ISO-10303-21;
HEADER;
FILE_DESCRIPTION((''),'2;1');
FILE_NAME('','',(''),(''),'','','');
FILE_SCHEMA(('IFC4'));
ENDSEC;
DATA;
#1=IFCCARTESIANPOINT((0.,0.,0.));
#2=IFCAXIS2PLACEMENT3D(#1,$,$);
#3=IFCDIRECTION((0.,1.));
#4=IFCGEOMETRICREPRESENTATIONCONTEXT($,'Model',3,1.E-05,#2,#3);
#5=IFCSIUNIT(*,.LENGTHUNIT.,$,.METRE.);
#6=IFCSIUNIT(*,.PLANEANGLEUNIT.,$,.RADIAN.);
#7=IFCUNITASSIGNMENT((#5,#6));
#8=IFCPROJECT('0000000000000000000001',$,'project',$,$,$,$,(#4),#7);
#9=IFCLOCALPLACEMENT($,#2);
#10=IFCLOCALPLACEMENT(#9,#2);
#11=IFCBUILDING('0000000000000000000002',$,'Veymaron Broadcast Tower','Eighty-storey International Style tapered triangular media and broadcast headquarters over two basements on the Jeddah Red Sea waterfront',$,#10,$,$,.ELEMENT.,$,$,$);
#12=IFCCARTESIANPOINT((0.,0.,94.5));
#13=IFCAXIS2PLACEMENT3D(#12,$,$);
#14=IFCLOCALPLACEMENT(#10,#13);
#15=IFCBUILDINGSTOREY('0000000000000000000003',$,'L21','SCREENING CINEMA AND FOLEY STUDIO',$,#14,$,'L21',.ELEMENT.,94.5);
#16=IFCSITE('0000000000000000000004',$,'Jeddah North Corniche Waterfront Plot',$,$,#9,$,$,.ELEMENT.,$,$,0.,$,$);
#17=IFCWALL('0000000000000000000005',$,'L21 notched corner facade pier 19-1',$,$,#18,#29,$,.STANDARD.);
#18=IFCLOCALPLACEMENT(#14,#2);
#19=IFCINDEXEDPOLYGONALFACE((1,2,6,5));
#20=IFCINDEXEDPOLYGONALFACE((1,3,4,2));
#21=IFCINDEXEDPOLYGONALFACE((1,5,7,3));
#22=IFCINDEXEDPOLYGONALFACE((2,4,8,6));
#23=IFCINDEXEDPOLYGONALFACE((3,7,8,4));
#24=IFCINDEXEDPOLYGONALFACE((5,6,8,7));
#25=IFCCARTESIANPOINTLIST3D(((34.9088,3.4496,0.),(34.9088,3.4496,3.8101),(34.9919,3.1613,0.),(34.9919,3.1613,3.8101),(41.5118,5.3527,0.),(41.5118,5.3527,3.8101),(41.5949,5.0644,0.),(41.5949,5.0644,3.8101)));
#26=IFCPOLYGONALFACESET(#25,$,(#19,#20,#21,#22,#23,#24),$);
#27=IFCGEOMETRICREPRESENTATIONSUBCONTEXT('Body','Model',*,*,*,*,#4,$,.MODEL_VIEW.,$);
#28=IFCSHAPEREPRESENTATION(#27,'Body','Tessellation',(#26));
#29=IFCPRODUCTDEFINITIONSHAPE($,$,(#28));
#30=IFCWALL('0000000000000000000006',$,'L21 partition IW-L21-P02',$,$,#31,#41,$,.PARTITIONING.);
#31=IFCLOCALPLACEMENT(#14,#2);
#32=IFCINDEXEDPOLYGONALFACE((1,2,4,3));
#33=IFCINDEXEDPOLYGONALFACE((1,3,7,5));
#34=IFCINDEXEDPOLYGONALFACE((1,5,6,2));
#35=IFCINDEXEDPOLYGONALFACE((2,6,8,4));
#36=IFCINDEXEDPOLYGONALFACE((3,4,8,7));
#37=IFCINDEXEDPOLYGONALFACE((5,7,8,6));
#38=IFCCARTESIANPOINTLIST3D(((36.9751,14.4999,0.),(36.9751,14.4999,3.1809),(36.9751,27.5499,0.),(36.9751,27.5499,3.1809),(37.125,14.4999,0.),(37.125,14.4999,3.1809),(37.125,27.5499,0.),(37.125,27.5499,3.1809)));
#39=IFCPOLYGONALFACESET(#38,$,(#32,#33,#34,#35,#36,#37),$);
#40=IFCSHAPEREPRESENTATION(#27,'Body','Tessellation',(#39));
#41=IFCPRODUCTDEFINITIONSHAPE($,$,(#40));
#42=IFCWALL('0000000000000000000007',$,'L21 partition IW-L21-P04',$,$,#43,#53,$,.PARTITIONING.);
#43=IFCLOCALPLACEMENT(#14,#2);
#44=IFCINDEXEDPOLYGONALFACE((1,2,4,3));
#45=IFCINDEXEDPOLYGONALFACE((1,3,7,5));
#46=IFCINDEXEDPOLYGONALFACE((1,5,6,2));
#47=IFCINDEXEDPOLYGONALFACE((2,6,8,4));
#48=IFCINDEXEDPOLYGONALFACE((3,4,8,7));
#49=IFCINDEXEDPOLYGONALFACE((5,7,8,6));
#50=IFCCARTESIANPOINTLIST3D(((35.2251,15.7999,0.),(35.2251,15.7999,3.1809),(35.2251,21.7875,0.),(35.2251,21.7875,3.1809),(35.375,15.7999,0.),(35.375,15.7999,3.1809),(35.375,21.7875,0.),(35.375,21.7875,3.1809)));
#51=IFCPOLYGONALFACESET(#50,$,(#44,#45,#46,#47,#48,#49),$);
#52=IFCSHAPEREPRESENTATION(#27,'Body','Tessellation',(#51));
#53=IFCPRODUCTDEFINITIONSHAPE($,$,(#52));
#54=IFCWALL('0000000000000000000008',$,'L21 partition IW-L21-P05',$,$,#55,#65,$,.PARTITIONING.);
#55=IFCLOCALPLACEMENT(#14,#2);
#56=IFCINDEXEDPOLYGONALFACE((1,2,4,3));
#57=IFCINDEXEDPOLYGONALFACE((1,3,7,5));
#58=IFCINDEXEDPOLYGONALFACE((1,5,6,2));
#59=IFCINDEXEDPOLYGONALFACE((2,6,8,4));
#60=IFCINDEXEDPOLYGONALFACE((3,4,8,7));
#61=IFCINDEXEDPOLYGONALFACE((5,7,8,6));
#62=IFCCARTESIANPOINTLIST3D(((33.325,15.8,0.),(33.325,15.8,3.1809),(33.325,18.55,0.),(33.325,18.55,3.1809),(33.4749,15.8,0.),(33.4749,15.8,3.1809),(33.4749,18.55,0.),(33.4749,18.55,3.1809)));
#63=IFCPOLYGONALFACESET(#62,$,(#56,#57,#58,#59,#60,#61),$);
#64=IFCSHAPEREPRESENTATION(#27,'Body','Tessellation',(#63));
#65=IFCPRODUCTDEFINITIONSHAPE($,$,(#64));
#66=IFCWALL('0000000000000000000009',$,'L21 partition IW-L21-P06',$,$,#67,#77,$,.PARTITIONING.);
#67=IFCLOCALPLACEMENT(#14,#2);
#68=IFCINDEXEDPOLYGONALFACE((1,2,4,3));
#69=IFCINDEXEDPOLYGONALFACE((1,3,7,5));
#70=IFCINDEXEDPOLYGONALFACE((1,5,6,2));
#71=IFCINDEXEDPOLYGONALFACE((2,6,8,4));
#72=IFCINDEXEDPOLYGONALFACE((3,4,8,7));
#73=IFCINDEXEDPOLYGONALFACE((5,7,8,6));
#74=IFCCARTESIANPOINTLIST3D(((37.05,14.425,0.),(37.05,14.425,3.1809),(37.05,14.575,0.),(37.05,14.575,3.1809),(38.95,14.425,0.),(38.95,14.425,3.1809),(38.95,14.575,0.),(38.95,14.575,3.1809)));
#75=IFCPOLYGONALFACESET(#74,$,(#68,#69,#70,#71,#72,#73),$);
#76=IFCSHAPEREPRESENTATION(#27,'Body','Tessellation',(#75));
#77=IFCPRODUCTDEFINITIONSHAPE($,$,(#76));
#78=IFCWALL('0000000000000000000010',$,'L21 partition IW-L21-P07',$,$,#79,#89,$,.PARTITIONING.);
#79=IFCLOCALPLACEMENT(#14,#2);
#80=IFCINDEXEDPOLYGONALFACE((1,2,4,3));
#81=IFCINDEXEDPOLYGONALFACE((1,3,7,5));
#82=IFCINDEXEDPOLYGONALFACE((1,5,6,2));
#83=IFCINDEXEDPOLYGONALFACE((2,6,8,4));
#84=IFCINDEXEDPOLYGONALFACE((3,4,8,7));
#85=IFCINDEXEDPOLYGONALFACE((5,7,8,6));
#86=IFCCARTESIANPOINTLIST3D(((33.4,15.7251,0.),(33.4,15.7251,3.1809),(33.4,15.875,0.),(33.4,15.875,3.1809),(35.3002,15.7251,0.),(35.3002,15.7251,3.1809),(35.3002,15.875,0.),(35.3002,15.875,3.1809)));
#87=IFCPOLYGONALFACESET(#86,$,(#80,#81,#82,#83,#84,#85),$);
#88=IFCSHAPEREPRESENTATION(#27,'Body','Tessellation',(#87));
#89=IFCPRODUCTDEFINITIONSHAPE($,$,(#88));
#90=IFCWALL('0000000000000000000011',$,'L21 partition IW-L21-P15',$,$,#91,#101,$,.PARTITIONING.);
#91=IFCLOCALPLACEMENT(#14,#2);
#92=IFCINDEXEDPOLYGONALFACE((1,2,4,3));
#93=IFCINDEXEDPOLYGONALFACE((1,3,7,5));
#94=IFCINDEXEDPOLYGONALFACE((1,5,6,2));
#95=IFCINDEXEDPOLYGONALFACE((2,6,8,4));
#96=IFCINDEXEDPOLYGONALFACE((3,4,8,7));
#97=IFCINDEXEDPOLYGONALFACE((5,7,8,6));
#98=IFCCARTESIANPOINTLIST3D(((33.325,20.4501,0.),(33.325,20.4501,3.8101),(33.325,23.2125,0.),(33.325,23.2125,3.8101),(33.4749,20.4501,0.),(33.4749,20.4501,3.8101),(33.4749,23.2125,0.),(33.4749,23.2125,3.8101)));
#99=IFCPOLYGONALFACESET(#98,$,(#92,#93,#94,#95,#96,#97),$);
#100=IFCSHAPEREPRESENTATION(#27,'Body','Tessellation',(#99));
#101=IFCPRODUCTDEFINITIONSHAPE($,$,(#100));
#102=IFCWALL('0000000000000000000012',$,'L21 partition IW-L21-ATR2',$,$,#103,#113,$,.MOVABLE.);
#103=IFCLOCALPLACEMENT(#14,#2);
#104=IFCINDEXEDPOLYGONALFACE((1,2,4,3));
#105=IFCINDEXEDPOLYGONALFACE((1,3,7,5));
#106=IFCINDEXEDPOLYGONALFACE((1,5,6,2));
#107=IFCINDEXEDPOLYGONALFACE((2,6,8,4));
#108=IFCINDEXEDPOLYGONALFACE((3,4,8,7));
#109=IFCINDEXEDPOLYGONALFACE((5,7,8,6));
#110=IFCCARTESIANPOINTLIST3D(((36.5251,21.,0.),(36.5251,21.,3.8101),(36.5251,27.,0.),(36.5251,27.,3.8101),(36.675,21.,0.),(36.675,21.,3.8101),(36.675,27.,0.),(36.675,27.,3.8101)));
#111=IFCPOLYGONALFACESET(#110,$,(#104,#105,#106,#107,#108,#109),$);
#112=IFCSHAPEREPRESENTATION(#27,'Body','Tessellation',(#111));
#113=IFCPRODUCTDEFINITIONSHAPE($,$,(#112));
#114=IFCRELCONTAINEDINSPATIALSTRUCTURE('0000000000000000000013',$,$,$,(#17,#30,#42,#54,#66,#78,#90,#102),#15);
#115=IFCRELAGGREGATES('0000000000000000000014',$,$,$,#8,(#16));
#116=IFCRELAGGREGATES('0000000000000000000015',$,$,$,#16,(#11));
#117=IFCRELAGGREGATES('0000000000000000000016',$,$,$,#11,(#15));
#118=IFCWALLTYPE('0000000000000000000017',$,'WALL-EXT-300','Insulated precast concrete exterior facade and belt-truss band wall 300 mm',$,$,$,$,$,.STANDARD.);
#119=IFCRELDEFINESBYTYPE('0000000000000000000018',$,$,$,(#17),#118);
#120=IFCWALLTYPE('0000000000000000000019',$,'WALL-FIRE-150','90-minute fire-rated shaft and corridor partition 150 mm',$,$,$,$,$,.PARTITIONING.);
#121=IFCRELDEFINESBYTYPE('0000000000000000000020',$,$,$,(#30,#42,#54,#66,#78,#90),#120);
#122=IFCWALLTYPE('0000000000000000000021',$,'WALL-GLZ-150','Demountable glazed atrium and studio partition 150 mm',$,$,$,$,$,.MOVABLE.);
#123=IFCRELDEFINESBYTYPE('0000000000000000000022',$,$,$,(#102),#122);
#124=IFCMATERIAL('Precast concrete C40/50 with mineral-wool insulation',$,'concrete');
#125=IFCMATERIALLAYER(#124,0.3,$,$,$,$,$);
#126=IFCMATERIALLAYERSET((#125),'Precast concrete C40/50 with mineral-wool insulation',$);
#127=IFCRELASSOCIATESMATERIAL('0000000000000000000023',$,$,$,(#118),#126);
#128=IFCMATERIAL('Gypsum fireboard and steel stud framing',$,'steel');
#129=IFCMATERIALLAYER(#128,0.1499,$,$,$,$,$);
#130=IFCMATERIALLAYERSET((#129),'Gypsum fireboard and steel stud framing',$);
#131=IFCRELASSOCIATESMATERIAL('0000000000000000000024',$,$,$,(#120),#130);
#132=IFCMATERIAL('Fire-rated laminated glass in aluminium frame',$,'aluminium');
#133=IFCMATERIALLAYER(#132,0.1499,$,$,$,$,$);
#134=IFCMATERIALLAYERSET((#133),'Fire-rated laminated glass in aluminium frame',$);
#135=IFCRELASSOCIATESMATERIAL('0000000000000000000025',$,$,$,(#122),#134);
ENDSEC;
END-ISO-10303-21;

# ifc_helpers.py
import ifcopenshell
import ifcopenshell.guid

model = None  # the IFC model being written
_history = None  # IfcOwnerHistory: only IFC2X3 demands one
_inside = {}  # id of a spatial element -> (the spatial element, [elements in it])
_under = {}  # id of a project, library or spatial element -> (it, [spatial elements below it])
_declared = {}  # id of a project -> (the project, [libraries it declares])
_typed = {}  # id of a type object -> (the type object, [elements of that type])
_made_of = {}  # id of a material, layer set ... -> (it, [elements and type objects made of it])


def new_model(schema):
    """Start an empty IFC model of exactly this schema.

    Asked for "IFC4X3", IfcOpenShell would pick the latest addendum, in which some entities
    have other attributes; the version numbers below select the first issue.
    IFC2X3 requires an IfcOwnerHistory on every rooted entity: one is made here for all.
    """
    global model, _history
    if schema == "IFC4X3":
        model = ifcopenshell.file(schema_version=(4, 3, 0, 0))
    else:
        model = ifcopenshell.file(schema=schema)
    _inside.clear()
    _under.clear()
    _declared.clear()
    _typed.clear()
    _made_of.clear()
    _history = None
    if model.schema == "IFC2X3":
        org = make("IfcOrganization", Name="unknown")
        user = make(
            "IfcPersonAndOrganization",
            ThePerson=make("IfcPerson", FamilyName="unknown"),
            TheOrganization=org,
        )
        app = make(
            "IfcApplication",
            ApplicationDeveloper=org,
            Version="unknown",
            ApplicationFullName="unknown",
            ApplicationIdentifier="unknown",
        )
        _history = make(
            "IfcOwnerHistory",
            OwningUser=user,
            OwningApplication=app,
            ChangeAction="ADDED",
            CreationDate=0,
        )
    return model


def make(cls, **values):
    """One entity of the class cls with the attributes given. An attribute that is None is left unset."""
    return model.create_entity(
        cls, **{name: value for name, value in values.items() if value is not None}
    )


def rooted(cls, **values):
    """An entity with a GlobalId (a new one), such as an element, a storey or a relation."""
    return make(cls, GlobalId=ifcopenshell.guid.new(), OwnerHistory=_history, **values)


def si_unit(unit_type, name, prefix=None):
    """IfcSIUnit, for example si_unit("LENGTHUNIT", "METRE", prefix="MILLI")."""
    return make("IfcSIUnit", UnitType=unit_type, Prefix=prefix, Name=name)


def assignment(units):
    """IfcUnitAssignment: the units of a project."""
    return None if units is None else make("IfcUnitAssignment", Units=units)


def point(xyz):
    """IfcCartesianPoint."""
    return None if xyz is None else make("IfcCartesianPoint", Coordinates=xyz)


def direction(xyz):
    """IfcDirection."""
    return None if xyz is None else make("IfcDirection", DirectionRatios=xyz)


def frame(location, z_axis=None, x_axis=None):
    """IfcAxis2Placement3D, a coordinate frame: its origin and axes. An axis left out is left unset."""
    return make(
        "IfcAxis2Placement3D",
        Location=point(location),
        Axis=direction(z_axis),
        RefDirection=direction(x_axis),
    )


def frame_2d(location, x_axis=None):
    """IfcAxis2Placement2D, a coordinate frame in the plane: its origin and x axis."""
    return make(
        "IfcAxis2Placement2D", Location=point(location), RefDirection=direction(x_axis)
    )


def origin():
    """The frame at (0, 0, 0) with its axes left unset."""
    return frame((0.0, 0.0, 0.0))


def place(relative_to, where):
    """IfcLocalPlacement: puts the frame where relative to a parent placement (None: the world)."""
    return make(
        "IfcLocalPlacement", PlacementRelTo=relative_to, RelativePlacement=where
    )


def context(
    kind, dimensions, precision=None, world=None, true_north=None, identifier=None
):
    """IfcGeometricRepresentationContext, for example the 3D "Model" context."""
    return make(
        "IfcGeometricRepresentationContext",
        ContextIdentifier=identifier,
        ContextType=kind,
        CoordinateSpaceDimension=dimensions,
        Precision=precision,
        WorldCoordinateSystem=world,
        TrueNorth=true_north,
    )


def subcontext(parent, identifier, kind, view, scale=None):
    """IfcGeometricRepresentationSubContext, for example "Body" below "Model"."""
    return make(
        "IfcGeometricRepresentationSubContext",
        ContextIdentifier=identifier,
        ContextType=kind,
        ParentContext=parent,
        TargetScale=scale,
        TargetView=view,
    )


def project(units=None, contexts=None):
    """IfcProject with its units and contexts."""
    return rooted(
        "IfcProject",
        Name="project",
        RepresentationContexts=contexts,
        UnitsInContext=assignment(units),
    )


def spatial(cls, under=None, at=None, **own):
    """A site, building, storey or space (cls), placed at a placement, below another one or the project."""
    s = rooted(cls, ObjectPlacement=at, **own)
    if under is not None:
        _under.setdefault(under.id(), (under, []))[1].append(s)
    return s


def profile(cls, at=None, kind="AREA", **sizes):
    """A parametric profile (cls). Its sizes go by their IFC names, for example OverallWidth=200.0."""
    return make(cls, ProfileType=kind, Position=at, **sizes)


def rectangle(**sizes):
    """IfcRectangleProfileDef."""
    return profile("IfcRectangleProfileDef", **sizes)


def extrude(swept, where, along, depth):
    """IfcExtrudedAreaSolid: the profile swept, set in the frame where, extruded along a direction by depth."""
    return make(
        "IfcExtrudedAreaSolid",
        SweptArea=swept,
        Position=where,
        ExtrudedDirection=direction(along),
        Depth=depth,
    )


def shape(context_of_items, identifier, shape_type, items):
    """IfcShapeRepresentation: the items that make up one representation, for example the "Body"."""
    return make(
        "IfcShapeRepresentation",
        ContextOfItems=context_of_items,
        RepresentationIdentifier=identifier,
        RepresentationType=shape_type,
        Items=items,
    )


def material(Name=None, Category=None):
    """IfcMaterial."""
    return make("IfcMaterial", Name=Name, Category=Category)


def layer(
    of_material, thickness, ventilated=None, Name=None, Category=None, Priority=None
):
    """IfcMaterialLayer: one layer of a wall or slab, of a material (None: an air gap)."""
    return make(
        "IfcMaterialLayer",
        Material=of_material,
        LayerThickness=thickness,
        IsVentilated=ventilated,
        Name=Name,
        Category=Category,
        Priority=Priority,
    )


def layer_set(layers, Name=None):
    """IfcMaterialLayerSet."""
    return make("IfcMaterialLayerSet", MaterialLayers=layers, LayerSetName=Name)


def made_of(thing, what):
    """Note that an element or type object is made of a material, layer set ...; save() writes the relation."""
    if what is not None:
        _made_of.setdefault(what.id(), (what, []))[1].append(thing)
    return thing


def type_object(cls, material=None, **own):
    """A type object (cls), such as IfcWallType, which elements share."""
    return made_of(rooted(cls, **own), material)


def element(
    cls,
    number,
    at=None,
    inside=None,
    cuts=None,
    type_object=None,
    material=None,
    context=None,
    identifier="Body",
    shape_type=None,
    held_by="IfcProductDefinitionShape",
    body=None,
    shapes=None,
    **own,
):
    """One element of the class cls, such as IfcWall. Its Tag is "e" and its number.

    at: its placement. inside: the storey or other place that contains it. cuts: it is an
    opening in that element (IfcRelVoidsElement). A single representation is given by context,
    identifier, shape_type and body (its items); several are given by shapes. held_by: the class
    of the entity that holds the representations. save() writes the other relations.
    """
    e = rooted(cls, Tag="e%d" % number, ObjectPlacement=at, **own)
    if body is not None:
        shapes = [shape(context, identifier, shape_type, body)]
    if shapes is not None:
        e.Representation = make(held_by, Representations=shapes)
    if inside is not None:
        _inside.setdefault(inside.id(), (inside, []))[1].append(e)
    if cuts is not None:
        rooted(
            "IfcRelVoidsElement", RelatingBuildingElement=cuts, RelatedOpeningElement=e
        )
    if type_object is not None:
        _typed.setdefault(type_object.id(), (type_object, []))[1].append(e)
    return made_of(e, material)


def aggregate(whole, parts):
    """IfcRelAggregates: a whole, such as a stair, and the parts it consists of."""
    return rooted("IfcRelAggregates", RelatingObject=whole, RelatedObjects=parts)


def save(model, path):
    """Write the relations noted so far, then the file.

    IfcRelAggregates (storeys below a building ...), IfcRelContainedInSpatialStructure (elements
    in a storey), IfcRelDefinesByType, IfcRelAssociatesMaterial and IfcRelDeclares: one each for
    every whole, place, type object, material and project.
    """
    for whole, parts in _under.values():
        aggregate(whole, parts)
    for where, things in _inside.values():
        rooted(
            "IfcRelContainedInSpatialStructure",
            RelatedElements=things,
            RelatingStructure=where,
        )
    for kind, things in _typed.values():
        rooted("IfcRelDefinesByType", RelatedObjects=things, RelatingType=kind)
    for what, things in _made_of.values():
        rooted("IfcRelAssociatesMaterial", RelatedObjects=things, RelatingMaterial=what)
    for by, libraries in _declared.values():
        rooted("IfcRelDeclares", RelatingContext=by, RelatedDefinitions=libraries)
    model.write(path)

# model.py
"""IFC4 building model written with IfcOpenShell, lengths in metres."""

from ifc_helpers import new_model, si_unit, direction, frame, frame_2d, origin, place, context, subcontext, project, spatial, rectangle, extrude, material, layer, layer_set, type_object, element, save


model = new_model("IFC4")

# Units and contexts
model_context = context("Model", 3, precision=1e-05, world=origin(), true_north=direction((0.0, 1.0)))
body_context = subcontext(model_context, "Body", "Model", "MODEL_VIEW")
ifc_project = project(units=[si_unit("LENGTHUNIT", "METRE"), si_unit("PLANEANGLEUNIT", "RADIAN")], contexts=[model_context])

# Site, building, storey
site_placement = place(None, origin())
site = spatial("IfcSite", under=ifc_project, at=site_placement, Name="Jeddah North Corniche Waterfront Plot", CompositionType="ELEMENT", RefElevation=0.0)
building_placement = place(site_placement, origin())
building = spatial("IfcBuilding", under=site, at=building_placement, Name="Veymaron Broadcast Tower", Description="Eighty-storey International Style tapered triangular media and broadcast headquarters over two basements on the Jeddah Red Sea waterfront", CompositionType="ELEMENT")
storey_placement = place(building_placement, frame((0.0, 0.0, 94.5)))
storey = spatial("IfcBuildingStorey", under=building, at=storey_placement, Name="L21", Description="SCREENING CINEMA AND FOLEY STUDIO", LongName="L21", CompositionType="ELEMENT", Elevation=94.5)

# Walls
ifc_material_1 = material(Name="Precast concrete C40/50 with mineral-wool insulation", Category="concrete")
ifc_layer_1 = layer(ifc_material_1, 0.3)
ifc_layer_set_1 = layer_set([ifc_layer_1], Name="Precast concrete C40/50 with mineral-wool insulation")
wall_type_1 = type_object("IfcWallType", Name="WALL-EXT-300", Description="Insulated precast concrete exterior facade and belt-truss band wall 300 mm", PredefinedType="STANDARD", material=ifc_layer_set_1)
wall_1_placement = place(storey_placement, frame((34.9502, 3.3054, 0.0), z_axis=(0.0, 0.0, 1.0), x_axis=(0.960887, 0.27694, 0.0)))
element("IfcWall", 1, at=wall_1_placement, inside=storey, type_object=wall_type_1, Name="L21 notched corner facade pier 19-1", PredefinedType="STANDARD", context=body_context, shape_type="SweptSolid", body=[
    extrude(rectangle(XDim=6.8718, YDim=0.3, at=frame_2d((3.436, 0.0))), origin(), (0.0, 0.0, 1.0), 3.8101),
])
ifc_material_2 = material(Name="Gypsum fireboard and steel stud framing", Category="steel")
ifc_layer_2 = layer(ifc_material_2, 0.1499)
ifc_layer_set_2 = layer_set([ifc_layer_2], Name="Gypsum fireboard and steel stud framing")
wall_type_2 = type_object("IfcWallType", Name="WALL-FIRE-150", Description="90-minute fire-rated shaft and corridor partition 150 mm", PredefinedType="PARTITIONING", material=ifc_layer_set_2)
wall_2_placement = place(storey_placement, frame((37.05, 14.5, 0.0), z_axis=(0.0, 0.0, 1.0), x_axis=(0.0, 1.0, 0.0)))
element("IfcWall", 2, at=wall_2_placement, inside=storey, type_object=wall_type_2, Name="L21 partition IW-L21-P02", PredefinedType="PARTITIONING", context=body_context, shape_type="SweptSolid", body=[
    extrude(rectangle(XDim=13.05, YDim=0.1499, at=frame_2d((6.5249, 0.0))), origin(), (0.0, 0.0, 1.0), 3.1809),
])
wall_3_placement = place(storey_placement, frame((35.3, 15.8, 0.0), z_axis=(0.0, 0.0, 1.0), x_axis=(0.0, 1.0, 0.0)))
element("IfcWall", 3, at=wall_3_placement, inside=storey, type_object=wall_type_2, Name="L21 partition IW-L21-P04", PredefinedType="PARTITIONING", context=body_context, shape_type="SweptSolid", body=[
    extrude(rectangle(XDim=5.9875, YDim=0.1499, at=frame_2d((2.9937, 0.0))), origin(), (0.0, 0.0, 1.0), 3.1809),
])
wall_4_placement = place(storey_placement, frame((33.3999, 15.8, 0.0), z_axis=(0.0, 0.0, 1.0), x_axis=(0.0, 1.0, 0.0)))
element("IfcWall", 4, at=wall_4_placement, inside=storey, type_object=wall_type_2, Name="L21 partition IW-L21-P05", PredefinedType="PARTITIONING", context=body_context, shape_type="SweptSolid", body=[
    extrude(rectangle(XDim=2.75, YDim=0.1499, at=frame_2d((1.375, 0.0))), origin(), (0.0, 0.0, 1.0), 3.1809),
])
wall_5_placement = place(storey_placement, frame((37.05, 14.5, 0.0), z_axis=(0.0, 0.0, 1.0), x_axis=(1.0, 0.0, 0.0)))
element("IfcWall", 5, at=wall_5_placement, inside=storey, type_object=wall_type_2, Name="L21 partition IW-L21-P06", PredefinedType="PARTITIONING", context=body_context, shape_type="SweptSolid", body=[
    extrude(rectangle(XDim=1.8999, YDim=0.1499, at=frame_2d((0.95, 0.0))), origin(), (0.0, 0.0, 1.0), 3.1809),
])
wall_6_placement = place(storey_placement, frame((33.3999, 15.8, 0.0), z_axis=(0.0, 0.0, 1.0), x_axis=(1.0, 0.0, 0.0)))
element("IfcWall", 6, at=wall_6_placement, inside=storey, type_object=wall_type_2, Name="L21 partition IW-L21-P07", PredefinedType="PARTITIONING", context=body_context, shape_type="SweptSolid", body=[
    extrude(rectangle(XDim=1.9001, YDim=0.1499, at=frame_2d((0.9502, 0.0))), origin(), (0.0, 0.0, 1.0), 3.1809),
])
wall_7_placement = place(storey_placement, frame((33.3999, 20.45, 0.0), z_axis=(0.0, 0.0, 1.0), x_axis=(0.0, 1.0, 0.0)))
element("IfcWall", 7, at=wall_7_placement, inside=storey, type_object=wall_type_2, Name="L21 partition IW-L21-P15", PredefinedType="PARTITIONING", context=body_context, shape_type="SweptSolid", body=[
    extrude(rectangle(XDim=2.7625, YDim=0.1499, at=frame_2d((1.3813, 0.0))), origin(), (0.0, 0.0, 1.0), 3.8101),
])
ifc_material_3 = material(Name="Fire-rated laminated glass in aluminium frame", Category="aluminium")
ifc_layer_3 = layer(ifc_material_3, 0.1499)
ifc_layer_set_3 = layer_set([ifc_layer_3], Name="Fire-rated laminated glass in aluminium frame")
wall_type_3 = type_object("IfcWallType", Name="WALL-GLZ-150", Description="Demountable glazed atrium and studio partition 150 mm", PredefinedType="MOVABLE", material=ifc_layer_set_3)
wall_8_placement = place(storey_placement, frame((36.6001, 21.0, 0.0), z_axis=(0.0, 0.0, 1.0), x_axis=(0.0, 1.0, 0.0)))
element("IfcWall", 8, at=wall_8_placement, inside=storey, type_object=wall_type_3, Name="L21 partition IW-L21-ATR2", PredefinedType="MOVABLE", context=body_context, shape_type="SweptSolid", body=[
    extrude(rectangle(XDim=6.0, YDim=0.1499, at=frame_2d((3.0, 0.0))), origin(), (0.0, 0.0, 1.0), 3.8101),
])

save(model, "model.ifc")
